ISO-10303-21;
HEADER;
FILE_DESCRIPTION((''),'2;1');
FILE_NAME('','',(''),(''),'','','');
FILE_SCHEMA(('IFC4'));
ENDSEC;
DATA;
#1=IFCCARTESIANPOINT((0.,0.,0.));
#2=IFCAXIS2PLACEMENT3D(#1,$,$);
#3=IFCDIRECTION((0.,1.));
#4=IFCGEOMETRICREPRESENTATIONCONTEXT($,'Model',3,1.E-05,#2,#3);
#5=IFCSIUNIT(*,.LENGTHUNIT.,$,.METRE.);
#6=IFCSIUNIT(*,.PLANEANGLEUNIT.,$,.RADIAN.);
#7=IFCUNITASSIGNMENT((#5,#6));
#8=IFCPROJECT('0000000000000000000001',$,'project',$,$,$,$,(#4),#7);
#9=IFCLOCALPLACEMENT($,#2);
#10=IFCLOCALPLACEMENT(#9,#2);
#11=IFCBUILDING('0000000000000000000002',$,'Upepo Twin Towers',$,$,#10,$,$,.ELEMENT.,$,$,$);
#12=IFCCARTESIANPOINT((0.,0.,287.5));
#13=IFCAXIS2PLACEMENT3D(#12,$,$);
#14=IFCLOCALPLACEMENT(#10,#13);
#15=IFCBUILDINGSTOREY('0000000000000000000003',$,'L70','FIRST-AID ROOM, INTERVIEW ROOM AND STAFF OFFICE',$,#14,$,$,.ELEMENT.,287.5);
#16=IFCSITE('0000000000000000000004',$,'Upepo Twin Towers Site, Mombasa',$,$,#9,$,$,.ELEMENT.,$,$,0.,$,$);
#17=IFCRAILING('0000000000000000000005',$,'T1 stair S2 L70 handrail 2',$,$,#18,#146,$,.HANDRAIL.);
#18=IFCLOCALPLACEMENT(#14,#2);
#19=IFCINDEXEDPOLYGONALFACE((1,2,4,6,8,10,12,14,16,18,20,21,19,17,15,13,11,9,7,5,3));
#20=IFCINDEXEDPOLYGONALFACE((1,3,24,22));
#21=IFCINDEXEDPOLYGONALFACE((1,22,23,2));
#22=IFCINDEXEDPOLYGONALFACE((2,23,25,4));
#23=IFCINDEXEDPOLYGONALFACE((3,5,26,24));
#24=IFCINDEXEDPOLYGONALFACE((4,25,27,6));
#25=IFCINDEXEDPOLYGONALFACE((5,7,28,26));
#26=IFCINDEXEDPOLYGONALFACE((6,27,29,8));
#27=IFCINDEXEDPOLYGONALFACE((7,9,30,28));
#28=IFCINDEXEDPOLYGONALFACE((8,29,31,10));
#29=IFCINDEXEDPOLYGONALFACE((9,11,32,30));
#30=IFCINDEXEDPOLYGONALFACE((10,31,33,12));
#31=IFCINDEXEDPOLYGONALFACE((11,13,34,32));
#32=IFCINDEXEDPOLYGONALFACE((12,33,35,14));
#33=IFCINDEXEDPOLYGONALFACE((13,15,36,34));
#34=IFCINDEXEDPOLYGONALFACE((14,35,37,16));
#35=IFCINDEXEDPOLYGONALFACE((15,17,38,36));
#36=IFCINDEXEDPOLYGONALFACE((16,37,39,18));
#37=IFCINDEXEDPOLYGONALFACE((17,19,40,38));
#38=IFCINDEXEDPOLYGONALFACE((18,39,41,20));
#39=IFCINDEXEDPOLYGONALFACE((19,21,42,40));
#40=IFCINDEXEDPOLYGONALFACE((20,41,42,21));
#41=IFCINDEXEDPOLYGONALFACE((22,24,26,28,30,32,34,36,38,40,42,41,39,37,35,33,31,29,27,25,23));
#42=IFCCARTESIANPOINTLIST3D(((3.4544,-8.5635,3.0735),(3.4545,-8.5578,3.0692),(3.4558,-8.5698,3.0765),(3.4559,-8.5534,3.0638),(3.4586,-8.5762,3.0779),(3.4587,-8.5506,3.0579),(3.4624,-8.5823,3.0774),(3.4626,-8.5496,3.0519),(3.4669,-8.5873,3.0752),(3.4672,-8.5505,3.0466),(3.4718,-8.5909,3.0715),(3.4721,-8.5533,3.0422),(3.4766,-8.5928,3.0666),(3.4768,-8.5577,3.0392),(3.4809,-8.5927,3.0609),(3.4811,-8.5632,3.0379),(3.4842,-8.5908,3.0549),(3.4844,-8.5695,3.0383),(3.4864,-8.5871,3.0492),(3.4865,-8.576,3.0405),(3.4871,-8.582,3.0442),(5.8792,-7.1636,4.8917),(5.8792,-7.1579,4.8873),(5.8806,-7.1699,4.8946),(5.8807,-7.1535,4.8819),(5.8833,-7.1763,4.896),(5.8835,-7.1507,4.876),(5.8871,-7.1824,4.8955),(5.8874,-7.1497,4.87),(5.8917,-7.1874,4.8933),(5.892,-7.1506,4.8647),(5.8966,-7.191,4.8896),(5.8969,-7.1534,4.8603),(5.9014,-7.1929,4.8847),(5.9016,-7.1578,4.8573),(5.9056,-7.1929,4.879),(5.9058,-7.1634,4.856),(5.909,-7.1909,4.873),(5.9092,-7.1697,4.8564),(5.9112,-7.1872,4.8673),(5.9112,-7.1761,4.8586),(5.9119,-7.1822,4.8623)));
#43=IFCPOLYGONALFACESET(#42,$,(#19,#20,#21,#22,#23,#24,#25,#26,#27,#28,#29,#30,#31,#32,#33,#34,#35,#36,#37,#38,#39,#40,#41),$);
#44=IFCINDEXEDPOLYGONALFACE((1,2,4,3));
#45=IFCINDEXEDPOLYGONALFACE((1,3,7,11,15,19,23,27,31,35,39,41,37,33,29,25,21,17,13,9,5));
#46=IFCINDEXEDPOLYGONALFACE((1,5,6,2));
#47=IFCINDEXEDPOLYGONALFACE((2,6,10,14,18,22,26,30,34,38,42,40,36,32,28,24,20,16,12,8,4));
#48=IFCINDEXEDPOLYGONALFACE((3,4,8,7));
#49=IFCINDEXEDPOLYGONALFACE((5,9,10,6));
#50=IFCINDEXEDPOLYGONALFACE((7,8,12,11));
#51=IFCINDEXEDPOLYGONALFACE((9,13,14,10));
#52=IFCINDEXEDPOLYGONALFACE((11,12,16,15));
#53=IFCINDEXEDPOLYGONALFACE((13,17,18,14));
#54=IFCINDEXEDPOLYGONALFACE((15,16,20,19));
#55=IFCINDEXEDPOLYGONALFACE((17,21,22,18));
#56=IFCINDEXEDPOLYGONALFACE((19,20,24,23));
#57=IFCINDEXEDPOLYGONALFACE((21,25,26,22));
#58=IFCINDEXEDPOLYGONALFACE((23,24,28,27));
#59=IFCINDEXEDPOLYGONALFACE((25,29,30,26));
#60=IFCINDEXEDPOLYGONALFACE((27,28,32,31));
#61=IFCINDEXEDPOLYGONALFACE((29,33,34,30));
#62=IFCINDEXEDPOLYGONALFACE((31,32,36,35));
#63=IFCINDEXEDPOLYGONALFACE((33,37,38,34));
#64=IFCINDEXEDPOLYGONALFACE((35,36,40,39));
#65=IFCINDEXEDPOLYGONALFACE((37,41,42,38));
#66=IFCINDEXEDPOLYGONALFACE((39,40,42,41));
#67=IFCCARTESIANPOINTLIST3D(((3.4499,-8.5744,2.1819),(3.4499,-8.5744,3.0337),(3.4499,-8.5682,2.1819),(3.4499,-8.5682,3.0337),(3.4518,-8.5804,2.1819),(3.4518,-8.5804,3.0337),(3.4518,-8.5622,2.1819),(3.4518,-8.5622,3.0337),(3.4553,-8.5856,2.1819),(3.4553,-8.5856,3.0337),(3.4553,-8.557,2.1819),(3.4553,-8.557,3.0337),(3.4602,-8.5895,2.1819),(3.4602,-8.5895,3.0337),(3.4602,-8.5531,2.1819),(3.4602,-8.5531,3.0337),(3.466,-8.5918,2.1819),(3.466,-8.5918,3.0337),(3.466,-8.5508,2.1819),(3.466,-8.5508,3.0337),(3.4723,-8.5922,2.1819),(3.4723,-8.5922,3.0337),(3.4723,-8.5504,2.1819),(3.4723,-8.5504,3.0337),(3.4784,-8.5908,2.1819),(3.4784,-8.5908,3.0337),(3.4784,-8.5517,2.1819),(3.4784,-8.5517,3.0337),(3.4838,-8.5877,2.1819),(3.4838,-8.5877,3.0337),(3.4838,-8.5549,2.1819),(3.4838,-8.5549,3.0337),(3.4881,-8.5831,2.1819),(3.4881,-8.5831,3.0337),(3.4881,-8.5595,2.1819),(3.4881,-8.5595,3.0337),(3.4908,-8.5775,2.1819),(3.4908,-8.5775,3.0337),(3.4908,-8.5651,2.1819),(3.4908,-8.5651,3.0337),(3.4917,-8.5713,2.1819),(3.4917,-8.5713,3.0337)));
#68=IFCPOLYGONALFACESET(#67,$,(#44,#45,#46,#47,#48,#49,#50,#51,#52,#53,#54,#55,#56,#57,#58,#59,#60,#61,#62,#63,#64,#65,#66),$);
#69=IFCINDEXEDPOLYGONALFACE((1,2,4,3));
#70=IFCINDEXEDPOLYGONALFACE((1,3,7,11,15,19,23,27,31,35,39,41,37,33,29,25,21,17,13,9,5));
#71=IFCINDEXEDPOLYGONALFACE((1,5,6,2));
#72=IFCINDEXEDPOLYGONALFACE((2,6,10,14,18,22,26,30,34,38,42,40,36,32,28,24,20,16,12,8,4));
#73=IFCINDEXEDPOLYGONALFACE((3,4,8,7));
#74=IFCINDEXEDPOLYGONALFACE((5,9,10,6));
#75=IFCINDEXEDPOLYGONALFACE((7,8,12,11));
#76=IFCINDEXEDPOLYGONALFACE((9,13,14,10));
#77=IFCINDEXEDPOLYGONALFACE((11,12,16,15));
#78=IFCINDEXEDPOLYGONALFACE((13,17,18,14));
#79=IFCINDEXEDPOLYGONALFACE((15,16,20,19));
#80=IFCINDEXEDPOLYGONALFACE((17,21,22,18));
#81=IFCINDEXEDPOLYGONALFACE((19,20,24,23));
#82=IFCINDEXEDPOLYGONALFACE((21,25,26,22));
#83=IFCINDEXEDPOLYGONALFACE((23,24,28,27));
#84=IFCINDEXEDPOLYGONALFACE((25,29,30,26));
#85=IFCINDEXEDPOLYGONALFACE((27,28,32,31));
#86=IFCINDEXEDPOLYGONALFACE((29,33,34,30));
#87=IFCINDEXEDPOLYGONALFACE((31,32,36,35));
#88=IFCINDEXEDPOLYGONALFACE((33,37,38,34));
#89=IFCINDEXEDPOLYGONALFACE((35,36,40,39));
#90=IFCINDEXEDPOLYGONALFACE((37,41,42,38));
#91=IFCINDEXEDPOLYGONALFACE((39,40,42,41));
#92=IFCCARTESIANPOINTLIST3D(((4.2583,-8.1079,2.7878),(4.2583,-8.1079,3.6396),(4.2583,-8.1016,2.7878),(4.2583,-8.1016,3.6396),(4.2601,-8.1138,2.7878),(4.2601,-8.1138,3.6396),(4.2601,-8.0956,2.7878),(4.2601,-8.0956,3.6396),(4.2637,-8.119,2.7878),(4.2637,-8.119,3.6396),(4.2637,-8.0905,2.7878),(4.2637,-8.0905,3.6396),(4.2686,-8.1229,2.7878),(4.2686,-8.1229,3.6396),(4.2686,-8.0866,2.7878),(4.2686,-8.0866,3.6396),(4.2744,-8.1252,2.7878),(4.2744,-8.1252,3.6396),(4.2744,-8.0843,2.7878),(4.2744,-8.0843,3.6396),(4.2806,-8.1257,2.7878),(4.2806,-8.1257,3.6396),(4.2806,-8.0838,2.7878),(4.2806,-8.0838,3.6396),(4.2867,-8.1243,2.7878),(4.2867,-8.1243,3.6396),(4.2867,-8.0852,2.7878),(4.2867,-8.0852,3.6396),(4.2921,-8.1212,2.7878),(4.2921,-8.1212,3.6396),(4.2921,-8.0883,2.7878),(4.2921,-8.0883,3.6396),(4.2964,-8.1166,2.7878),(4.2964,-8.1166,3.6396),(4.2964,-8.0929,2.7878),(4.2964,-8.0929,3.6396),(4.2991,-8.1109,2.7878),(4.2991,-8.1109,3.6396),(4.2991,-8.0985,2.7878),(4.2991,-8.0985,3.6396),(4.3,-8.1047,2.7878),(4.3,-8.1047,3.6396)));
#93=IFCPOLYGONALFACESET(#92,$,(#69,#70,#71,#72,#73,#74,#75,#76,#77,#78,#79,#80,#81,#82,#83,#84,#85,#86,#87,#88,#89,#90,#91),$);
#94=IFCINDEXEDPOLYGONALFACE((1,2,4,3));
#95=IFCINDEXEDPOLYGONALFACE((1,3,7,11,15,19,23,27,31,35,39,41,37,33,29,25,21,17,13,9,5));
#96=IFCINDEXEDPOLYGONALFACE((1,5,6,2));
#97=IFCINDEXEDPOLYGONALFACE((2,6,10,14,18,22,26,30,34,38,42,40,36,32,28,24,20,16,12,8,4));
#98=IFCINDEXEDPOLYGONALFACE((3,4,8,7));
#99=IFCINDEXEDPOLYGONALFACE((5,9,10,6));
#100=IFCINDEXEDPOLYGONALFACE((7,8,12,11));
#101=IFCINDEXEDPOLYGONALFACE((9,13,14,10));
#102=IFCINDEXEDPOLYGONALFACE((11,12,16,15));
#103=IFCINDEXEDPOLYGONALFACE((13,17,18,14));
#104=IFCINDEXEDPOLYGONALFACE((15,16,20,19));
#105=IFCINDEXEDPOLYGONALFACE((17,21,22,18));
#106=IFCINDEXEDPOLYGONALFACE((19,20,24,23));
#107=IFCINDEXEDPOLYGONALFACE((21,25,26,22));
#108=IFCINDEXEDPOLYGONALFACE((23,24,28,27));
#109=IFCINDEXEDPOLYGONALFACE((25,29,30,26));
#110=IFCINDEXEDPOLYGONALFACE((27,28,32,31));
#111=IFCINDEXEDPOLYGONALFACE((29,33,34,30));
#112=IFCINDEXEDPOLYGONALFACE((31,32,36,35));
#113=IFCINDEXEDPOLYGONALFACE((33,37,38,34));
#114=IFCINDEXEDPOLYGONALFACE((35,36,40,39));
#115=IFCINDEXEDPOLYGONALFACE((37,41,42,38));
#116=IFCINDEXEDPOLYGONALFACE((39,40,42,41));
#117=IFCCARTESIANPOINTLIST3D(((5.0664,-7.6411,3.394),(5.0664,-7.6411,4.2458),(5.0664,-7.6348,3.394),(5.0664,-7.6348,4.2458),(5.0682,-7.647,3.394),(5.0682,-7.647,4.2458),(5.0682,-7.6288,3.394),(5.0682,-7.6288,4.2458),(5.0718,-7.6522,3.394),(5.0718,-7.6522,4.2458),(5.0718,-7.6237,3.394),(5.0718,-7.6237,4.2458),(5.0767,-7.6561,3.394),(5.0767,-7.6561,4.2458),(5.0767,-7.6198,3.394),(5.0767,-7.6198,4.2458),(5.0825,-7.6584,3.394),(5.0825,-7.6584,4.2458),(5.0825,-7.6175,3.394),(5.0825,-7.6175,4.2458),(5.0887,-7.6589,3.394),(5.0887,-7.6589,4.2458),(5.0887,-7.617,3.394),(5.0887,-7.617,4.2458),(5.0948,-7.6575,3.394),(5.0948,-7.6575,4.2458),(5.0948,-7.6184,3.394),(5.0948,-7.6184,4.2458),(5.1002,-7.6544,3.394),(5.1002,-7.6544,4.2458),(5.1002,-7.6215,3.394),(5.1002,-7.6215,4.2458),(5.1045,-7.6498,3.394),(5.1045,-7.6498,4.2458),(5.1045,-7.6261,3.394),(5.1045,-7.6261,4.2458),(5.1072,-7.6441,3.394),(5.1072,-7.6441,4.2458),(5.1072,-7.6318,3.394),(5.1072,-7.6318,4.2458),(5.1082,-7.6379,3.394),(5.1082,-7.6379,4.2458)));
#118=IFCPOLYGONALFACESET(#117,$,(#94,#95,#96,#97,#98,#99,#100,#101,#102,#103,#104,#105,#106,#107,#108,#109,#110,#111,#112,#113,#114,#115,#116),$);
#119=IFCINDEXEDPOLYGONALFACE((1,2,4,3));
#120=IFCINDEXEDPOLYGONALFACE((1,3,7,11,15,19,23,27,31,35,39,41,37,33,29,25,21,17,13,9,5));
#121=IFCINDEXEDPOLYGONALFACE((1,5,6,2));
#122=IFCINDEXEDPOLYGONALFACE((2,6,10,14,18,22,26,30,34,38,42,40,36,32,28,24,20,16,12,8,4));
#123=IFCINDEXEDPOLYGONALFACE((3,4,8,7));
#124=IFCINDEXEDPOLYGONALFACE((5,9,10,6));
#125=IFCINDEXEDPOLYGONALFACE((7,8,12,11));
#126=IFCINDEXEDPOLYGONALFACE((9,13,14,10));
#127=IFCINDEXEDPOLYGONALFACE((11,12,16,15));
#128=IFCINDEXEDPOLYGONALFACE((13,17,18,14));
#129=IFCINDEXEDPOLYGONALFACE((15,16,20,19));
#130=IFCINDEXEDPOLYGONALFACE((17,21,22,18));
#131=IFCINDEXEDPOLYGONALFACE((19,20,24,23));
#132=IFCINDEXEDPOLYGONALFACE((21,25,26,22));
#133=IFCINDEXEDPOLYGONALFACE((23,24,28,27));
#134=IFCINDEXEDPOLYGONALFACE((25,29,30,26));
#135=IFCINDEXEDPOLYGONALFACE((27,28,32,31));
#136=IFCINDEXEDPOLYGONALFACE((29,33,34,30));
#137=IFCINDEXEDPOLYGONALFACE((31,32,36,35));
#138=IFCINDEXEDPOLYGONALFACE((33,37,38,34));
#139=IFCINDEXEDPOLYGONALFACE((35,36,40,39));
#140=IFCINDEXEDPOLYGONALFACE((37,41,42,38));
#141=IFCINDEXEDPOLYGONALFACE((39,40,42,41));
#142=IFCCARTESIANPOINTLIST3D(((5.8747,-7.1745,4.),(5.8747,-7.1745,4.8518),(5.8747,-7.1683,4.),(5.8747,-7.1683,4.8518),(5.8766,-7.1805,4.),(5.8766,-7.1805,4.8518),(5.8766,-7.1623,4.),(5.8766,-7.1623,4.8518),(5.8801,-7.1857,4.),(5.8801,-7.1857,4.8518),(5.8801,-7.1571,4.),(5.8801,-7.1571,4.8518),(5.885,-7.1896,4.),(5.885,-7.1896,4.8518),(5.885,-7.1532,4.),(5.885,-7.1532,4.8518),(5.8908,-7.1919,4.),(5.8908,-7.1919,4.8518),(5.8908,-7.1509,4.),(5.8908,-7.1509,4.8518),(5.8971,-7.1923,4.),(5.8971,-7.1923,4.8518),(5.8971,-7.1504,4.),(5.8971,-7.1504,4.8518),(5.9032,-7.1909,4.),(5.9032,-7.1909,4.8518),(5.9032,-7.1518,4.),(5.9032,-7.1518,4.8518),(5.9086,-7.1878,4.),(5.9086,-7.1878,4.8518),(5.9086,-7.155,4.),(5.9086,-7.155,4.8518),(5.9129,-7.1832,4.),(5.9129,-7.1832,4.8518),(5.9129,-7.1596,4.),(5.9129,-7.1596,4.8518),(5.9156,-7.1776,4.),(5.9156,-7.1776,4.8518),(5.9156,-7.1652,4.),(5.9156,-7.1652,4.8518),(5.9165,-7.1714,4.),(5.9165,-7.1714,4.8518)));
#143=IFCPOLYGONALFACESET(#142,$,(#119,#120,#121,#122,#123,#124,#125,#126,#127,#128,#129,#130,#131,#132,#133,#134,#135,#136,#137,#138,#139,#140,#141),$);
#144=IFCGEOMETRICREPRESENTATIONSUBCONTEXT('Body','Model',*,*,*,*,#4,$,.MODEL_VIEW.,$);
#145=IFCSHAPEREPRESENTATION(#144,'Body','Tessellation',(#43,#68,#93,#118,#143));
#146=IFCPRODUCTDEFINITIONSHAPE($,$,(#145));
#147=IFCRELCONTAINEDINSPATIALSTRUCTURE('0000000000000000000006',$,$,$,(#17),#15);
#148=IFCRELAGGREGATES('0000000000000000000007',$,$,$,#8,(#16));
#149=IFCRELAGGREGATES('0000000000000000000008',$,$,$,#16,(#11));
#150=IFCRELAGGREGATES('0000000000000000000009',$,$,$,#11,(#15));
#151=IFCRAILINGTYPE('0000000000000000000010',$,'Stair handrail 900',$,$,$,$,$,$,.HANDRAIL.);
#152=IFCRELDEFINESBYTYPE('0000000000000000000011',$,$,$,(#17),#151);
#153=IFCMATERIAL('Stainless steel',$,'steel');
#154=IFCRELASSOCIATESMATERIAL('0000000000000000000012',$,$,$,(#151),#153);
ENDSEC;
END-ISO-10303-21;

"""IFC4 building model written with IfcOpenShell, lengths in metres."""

from ifc_helpers import new_model, si_unit, direction, frame, origin, origin_2d, place, context, subcontext, project, spatial, circle, extrude, material, type_object, element, save


model = new_model("IFC4")

# Units and contexts
model_context = context("Model", 3, precision=1e-05, world=origin(), true_north=direction((0.0, 1.0)))
body_context = subcontext(model_context, "Body", "Model", "MODEL_VIEW")
ifc_project = project(units=[si_unit("LENGTHUNIT", "METRE"), si_unit("PLANEANGLEUNIT", "RADIAN")], contexts=[model_context])

# Site, building, storey
site_placement = place(None, origin())
site = spatial("IfcSite", under=ifc_project, at=site_placement, Name="Upepo Twin Towers Site, Mombasa", CompositionType="ELEMENT", RefElevation=0.0)
building_placement = place(site_placement, origin())
building = spatial("IfcBuilding", under=site, at=building_placement, Name="Upepo Twin Towers", CompositionType="ELEMENT")
storey_placement = place(building_placement, frame((0.0, 0.0, 287.5)))
storey = spatial("IfcBuildingStorey", under=building, at=storey_placement, Name="L70", Description="FIRST-AID ROOM, INTERVIEW ROOM AND STAFF OFFICE", CompositionType="ELEMENT", Elevation=287.5)

# Railing
ifc_material_1 = material(Name="Stainless steel", Category="steel")
railing_type = type_object("IfcRailingType", Name="Stair handrail 900", PredefinedType="HANDRAIL", material=ifc_material_1)
railing_1_placement = place(storey_placement, frame((3.4707, -8.5713, 2.1819)))
element("IfcRailing", 1, at=railing_1_placement, inside=storey, type_object=railing_type, Name="T1 stair S2 L70 handrail 2", PredefinedType="HANDRAIL", context=body_context, shape_type="SweptSolid", body=[
    extrude(circle(Radius=0.0239, at=origin_2d()), frame((0.0, 0.0, 0.876), z_axis=(0.726336, 0.419333, 0.544606), x_axis=(-0.499984, 0.866035, 0.0)), (0.0, 0.0, 1.0), 3.3384),
    extrude(circle(Radius=0.021, at=origin_2d()), origin(), (0.0, 0.0, 1.0), 0.8518),
    extrude(circle(Radius=0.021, at=origin_2d()), frame((0.8083, 0.4666, 0.606)), (0.0, 0.0, 1.0), 0.8518),
    extrude(circle(Radius=0.021, at=origin_2d()), frame((1.6165, 0.9333, 1.2122)), (0.0, 0.0, 1.0), 0.8518),
    extrude(circle(Radius=0.021, at=origin_2d()), frame((2.4248, 1.3999, 1.8181)), (0.0, 0.0, 1.0), 0.8518),
])

save(model, "model.ifc")
